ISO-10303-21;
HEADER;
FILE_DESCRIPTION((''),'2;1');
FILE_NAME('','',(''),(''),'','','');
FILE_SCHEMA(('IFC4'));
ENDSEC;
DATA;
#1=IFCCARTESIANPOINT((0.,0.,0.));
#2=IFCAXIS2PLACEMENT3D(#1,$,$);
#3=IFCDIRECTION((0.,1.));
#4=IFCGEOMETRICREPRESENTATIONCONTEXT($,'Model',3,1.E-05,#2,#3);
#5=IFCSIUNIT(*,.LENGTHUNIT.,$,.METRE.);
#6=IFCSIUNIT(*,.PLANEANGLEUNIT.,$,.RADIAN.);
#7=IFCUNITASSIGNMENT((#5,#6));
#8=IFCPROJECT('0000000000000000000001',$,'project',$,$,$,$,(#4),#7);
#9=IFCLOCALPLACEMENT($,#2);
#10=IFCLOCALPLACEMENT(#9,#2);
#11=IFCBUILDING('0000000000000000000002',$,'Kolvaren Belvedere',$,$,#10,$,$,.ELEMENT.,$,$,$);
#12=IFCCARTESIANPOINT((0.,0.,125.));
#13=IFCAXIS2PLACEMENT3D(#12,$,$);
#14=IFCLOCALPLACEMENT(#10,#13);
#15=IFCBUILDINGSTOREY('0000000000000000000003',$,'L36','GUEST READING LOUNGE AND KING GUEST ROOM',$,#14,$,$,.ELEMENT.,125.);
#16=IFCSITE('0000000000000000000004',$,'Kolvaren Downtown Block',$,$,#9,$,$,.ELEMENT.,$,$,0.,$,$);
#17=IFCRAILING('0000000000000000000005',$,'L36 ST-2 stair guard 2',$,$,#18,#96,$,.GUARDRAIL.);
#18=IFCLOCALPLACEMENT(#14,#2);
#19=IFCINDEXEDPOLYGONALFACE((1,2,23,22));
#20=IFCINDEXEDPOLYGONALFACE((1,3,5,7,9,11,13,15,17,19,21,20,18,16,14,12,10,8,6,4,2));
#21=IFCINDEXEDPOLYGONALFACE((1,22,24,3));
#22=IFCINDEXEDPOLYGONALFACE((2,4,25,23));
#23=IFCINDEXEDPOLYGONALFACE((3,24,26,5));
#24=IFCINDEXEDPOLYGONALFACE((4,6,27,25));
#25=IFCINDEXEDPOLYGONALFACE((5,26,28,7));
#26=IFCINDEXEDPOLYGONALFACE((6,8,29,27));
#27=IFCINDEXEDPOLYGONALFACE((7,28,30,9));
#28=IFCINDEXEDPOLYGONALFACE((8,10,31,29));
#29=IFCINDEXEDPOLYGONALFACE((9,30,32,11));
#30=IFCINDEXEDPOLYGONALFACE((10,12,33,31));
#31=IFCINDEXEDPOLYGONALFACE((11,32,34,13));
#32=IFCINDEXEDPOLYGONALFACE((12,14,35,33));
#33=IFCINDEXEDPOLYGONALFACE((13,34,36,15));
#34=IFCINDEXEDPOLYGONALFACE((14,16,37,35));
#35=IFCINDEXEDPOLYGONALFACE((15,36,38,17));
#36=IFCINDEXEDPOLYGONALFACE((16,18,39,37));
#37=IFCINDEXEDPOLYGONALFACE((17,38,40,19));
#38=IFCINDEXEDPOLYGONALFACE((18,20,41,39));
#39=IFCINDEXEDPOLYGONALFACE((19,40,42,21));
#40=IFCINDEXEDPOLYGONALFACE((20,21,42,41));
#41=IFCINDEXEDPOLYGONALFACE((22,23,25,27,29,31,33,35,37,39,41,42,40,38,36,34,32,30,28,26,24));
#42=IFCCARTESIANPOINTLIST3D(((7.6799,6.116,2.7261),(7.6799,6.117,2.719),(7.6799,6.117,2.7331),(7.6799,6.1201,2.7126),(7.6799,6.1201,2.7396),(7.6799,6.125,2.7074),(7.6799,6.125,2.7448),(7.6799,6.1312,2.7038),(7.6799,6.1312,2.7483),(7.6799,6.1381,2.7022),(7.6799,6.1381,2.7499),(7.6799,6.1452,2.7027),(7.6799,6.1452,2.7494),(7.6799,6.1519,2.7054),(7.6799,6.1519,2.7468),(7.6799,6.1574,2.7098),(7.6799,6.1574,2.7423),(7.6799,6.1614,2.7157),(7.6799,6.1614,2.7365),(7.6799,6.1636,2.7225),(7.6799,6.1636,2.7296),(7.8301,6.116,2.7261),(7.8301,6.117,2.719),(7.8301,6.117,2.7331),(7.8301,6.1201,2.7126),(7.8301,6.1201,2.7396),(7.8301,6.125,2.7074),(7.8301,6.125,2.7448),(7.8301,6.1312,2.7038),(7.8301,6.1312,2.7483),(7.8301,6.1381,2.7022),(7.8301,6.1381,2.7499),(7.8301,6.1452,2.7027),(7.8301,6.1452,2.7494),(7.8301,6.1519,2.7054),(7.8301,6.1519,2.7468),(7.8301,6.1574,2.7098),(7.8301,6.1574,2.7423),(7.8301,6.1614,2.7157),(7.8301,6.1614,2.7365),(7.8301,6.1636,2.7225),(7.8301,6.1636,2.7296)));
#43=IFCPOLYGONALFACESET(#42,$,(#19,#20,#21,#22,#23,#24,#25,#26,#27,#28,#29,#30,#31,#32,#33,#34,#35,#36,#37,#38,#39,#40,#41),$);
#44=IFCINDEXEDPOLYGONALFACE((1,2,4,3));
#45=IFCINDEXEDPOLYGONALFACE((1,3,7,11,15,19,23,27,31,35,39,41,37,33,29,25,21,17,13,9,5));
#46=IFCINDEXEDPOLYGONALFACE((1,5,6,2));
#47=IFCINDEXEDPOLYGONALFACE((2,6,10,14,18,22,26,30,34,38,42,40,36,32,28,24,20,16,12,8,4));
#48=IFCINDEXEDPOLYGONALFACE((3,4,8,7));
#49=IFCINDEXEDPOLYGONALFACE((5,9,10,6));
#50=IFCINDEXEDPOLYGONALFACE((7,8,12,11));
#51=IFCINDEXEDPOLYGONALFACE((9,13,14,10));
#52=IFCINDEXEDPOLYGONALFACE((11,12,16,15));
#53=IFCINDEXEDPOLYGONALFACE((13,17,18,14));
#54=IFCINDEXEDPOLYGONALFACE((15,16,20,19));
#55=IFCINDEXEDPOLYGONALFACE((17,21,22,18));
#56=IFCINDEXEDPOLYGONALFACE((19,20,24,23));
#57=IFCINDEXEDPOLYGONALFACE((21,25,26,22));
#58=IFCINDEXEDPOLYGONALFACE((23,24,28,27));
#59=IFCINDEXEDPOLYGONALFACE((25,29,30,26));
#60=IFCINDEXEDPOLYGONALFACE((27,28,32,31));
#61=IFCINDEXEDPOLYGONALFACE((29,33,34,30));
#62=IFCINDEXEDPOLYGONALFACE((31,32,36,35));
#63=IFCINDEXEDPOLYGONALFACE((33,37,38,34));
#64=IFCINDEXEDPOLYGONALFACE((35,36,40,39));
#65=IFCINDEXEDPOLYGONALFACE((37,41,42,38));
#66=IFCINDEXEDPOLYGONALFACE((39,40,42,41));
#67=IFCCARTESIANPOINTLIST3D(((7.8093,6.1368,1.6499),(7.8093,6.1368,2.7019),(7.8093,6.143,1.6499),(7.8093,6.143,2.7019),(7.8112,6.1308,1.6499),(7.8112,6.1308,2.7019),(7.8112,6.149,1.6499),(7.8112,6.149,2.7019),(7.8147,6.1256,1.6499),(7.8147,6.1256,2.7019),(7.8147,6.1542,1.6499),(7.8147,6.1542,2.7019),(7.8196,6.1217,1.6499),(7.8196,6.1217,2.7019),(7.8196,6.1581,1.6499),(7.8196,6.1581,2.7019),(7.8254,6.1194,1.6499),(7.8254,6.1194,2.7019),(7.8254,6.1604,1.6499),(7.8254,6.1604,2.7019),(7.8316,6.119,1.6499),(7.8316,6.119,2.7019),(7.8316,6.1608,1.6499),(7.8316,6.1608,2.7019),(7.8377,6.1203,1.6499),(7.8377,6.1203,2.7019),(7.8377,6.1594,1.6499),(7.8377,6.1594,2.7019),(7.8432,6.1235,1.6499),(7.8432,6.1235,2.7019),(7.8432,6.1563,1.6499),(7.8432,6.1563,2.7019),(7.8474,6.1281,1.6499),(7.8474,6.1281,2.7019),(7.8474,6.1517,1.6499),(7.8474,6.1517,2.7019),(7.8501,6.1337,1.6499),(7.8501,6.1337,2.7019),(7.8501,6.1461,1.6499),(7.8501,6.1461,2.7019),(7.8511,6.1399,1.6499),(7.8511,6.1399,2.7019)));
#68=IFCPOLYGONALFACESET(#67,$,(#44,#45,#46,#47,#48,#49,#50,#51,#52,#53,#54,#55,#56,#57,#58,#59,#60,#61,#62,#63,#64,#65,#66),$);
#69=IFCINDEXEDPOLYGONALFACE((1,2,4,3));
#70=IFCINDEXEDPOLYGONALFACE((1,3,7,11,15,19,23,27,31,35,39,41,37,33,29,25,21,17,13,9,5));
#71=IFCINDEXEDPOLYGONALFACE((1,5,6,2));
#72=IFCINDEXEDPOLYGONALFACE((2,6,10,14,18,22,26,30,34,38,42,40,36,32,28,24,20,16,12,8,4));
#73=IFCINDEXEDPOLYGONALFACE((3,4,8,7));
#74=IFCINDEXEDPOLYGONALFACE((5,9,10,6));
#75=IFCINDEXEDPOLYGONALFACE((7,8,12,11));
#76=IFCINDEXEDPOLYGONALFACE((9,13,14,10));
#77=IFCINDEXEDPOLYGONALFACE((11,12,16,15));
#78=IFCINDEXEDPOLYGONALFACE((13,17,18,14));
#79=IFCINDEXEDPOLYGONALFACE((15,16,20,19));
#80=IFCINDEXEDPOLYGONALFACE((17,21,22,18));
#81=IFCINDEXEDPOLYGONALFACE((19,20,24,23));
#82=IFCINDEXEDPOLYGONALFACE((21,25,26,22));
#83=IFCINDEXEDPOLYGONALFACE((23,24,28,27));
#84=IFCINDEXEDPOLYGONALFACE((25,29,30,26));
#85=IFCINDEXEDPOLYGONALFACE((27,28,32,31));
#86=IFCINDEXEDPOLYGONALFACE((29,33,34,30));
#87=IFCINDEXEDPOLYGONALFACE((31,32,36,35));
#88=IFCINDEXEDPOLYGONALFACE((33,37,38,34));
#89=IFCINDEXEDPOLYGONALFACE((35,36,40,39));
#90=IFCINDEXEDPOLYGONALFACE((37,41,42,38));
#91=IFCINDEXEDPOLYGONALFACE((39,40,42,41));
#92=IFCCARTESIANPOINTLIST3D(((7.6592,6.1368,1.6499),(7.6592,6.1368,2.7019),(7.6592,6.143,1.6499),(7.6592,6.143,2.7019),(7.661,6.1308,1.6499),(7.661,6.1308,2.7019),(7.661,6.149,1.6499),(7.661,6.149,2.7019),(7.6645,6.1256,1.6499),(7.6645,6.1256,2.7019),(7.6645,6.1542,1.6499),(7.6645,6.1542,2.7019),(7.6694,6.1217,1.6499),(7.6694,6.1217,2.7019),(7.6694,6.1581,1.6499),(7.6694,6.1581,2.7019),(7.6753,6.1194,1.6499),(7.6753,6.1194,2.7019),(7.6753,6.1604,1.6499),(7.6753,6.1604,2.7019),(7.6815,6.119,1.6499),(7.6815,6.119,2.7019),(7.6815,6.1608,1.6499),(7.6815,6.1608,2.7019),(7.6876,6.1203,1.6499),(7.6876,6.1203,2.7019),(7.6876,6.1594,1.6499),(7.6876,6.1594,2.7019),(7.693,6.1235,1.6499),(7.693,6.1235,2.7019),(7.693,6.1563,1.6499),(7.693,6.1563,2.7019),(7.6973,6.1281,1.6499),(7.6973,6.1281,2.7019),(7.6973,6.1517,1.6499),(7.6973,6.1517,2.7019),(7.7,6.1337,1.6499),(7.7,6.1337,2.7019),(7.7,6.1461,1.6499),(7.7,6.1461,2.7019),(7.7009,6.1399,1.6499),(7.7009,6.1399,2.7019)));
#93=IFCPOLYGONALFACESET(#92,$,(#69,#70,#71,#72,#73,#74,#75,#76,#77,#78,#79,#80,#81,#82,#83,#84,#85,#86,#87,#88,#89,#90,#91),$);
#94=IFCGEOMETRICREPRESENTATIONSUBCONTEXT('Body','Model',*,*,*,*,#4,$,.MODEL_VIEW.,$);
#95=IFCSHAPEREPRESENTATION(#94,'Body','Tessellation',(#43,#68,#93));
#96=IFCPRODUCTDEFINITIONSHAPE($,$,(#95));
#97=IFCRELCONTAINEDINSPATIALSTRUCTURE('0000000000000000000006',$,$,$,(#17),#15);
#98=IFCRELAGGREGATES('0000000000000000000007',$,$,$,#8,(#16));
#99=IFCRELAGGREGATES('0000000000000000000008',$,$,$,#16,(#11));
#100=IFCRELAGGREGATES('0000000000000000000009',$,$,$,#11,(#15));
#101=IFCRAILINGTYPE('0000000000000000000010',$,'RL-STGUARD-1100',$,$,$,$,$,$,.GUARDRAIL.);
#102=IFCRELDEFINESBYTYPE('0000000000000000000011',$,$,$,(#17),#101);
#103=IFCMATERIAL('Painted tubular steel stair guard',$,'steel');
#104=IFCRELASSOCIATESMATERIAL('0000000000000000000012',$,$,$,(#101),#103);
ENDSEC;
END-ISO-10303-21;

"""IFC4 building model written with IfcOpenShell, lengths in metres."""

from ifc_helpers import new_model, si_unit, direction, frame, origin, origin_2d, place, context, subcontext, project, spatial, circle, extrude, material, type_object, element, save


model = new_model("IFC4")

# Units and contexts
model_context = context("Model", 3, precision=1e-05, world=origin(), true_north=direction((0.0, 1.0)))
body_context = subcontext(model_context, "Body", "Model", "MODEL_VIEW")
ifc_project = project(units=[si_unit("LENGTHUNIT", "METRE"), si_unit("PLANEANGLEUNIT", "RADIAN")], contexts=[model_context])

# Site, building, storey
site_placement = place(None, origin())
site = spatial("IfcSite", under=ifc_project, at=site_placement, Name="Kolvaren Downtown Block", CompositionType="ELEMENT", RefElevation=0.0)
building_placement = place(site_placement, origin())
building = spatial("IfcBuilding", under=site, at=building_placement, Name="Kolvaren Belvedere", CompositionType="ELEMENT")
storey_placement = place(building_placement, frame((0.0, 0.0, 125.0)))
storey = spatial("IfcBuildingStorey", under=building, at=storey_placement, Name="L36", Description="GUEST READING LOUNGE AND KING GUEST ROOM", CompositionType="ELEMENT", Elevation=125.0)

# Railing
ifc_material_1 = material(Name="Painted tubular steel stair guard", Category="steel")
railing_type_1 = type_object("IfcRailingType", Name="RL-STGUARD-1100", PredefinedType="GUARDRAIL", material=ifc_material_1)
railing_1_placement = place(storey_placement, frame((7.8301, 6.1399, 1.6499)))
element("IfcRailing", 1, at=railing_1_placement, inside=storey, type_object=railing_type_1, Name="L36 ST-2 stair guard 2", PredefinedType="GUARDRAIL", context=body_context, shape_type="SweptSolid", body=[
    extrude(circle(Radius=0.0239, at=origin_2d()), frame((0.0, 0.0, 1.0762), z_axis=(-1.0, 0.0, 0.0), x_axis=(0.0, -1.0, 0.0)), (0.0, 0.0, 1.0), 0.1501),
    extrude(circle(Radius=0.021, at=origin_2d()), origin(), (0.0, 0.0, 1.0), 1.052),
    extrude(circle(Radius=0.021, at=origin_2d()), frame((-0.1501, 0.0, 0.0)), (0.0, 0.0, 1.0), 1.052),
])

save(model, "model.ifc")
